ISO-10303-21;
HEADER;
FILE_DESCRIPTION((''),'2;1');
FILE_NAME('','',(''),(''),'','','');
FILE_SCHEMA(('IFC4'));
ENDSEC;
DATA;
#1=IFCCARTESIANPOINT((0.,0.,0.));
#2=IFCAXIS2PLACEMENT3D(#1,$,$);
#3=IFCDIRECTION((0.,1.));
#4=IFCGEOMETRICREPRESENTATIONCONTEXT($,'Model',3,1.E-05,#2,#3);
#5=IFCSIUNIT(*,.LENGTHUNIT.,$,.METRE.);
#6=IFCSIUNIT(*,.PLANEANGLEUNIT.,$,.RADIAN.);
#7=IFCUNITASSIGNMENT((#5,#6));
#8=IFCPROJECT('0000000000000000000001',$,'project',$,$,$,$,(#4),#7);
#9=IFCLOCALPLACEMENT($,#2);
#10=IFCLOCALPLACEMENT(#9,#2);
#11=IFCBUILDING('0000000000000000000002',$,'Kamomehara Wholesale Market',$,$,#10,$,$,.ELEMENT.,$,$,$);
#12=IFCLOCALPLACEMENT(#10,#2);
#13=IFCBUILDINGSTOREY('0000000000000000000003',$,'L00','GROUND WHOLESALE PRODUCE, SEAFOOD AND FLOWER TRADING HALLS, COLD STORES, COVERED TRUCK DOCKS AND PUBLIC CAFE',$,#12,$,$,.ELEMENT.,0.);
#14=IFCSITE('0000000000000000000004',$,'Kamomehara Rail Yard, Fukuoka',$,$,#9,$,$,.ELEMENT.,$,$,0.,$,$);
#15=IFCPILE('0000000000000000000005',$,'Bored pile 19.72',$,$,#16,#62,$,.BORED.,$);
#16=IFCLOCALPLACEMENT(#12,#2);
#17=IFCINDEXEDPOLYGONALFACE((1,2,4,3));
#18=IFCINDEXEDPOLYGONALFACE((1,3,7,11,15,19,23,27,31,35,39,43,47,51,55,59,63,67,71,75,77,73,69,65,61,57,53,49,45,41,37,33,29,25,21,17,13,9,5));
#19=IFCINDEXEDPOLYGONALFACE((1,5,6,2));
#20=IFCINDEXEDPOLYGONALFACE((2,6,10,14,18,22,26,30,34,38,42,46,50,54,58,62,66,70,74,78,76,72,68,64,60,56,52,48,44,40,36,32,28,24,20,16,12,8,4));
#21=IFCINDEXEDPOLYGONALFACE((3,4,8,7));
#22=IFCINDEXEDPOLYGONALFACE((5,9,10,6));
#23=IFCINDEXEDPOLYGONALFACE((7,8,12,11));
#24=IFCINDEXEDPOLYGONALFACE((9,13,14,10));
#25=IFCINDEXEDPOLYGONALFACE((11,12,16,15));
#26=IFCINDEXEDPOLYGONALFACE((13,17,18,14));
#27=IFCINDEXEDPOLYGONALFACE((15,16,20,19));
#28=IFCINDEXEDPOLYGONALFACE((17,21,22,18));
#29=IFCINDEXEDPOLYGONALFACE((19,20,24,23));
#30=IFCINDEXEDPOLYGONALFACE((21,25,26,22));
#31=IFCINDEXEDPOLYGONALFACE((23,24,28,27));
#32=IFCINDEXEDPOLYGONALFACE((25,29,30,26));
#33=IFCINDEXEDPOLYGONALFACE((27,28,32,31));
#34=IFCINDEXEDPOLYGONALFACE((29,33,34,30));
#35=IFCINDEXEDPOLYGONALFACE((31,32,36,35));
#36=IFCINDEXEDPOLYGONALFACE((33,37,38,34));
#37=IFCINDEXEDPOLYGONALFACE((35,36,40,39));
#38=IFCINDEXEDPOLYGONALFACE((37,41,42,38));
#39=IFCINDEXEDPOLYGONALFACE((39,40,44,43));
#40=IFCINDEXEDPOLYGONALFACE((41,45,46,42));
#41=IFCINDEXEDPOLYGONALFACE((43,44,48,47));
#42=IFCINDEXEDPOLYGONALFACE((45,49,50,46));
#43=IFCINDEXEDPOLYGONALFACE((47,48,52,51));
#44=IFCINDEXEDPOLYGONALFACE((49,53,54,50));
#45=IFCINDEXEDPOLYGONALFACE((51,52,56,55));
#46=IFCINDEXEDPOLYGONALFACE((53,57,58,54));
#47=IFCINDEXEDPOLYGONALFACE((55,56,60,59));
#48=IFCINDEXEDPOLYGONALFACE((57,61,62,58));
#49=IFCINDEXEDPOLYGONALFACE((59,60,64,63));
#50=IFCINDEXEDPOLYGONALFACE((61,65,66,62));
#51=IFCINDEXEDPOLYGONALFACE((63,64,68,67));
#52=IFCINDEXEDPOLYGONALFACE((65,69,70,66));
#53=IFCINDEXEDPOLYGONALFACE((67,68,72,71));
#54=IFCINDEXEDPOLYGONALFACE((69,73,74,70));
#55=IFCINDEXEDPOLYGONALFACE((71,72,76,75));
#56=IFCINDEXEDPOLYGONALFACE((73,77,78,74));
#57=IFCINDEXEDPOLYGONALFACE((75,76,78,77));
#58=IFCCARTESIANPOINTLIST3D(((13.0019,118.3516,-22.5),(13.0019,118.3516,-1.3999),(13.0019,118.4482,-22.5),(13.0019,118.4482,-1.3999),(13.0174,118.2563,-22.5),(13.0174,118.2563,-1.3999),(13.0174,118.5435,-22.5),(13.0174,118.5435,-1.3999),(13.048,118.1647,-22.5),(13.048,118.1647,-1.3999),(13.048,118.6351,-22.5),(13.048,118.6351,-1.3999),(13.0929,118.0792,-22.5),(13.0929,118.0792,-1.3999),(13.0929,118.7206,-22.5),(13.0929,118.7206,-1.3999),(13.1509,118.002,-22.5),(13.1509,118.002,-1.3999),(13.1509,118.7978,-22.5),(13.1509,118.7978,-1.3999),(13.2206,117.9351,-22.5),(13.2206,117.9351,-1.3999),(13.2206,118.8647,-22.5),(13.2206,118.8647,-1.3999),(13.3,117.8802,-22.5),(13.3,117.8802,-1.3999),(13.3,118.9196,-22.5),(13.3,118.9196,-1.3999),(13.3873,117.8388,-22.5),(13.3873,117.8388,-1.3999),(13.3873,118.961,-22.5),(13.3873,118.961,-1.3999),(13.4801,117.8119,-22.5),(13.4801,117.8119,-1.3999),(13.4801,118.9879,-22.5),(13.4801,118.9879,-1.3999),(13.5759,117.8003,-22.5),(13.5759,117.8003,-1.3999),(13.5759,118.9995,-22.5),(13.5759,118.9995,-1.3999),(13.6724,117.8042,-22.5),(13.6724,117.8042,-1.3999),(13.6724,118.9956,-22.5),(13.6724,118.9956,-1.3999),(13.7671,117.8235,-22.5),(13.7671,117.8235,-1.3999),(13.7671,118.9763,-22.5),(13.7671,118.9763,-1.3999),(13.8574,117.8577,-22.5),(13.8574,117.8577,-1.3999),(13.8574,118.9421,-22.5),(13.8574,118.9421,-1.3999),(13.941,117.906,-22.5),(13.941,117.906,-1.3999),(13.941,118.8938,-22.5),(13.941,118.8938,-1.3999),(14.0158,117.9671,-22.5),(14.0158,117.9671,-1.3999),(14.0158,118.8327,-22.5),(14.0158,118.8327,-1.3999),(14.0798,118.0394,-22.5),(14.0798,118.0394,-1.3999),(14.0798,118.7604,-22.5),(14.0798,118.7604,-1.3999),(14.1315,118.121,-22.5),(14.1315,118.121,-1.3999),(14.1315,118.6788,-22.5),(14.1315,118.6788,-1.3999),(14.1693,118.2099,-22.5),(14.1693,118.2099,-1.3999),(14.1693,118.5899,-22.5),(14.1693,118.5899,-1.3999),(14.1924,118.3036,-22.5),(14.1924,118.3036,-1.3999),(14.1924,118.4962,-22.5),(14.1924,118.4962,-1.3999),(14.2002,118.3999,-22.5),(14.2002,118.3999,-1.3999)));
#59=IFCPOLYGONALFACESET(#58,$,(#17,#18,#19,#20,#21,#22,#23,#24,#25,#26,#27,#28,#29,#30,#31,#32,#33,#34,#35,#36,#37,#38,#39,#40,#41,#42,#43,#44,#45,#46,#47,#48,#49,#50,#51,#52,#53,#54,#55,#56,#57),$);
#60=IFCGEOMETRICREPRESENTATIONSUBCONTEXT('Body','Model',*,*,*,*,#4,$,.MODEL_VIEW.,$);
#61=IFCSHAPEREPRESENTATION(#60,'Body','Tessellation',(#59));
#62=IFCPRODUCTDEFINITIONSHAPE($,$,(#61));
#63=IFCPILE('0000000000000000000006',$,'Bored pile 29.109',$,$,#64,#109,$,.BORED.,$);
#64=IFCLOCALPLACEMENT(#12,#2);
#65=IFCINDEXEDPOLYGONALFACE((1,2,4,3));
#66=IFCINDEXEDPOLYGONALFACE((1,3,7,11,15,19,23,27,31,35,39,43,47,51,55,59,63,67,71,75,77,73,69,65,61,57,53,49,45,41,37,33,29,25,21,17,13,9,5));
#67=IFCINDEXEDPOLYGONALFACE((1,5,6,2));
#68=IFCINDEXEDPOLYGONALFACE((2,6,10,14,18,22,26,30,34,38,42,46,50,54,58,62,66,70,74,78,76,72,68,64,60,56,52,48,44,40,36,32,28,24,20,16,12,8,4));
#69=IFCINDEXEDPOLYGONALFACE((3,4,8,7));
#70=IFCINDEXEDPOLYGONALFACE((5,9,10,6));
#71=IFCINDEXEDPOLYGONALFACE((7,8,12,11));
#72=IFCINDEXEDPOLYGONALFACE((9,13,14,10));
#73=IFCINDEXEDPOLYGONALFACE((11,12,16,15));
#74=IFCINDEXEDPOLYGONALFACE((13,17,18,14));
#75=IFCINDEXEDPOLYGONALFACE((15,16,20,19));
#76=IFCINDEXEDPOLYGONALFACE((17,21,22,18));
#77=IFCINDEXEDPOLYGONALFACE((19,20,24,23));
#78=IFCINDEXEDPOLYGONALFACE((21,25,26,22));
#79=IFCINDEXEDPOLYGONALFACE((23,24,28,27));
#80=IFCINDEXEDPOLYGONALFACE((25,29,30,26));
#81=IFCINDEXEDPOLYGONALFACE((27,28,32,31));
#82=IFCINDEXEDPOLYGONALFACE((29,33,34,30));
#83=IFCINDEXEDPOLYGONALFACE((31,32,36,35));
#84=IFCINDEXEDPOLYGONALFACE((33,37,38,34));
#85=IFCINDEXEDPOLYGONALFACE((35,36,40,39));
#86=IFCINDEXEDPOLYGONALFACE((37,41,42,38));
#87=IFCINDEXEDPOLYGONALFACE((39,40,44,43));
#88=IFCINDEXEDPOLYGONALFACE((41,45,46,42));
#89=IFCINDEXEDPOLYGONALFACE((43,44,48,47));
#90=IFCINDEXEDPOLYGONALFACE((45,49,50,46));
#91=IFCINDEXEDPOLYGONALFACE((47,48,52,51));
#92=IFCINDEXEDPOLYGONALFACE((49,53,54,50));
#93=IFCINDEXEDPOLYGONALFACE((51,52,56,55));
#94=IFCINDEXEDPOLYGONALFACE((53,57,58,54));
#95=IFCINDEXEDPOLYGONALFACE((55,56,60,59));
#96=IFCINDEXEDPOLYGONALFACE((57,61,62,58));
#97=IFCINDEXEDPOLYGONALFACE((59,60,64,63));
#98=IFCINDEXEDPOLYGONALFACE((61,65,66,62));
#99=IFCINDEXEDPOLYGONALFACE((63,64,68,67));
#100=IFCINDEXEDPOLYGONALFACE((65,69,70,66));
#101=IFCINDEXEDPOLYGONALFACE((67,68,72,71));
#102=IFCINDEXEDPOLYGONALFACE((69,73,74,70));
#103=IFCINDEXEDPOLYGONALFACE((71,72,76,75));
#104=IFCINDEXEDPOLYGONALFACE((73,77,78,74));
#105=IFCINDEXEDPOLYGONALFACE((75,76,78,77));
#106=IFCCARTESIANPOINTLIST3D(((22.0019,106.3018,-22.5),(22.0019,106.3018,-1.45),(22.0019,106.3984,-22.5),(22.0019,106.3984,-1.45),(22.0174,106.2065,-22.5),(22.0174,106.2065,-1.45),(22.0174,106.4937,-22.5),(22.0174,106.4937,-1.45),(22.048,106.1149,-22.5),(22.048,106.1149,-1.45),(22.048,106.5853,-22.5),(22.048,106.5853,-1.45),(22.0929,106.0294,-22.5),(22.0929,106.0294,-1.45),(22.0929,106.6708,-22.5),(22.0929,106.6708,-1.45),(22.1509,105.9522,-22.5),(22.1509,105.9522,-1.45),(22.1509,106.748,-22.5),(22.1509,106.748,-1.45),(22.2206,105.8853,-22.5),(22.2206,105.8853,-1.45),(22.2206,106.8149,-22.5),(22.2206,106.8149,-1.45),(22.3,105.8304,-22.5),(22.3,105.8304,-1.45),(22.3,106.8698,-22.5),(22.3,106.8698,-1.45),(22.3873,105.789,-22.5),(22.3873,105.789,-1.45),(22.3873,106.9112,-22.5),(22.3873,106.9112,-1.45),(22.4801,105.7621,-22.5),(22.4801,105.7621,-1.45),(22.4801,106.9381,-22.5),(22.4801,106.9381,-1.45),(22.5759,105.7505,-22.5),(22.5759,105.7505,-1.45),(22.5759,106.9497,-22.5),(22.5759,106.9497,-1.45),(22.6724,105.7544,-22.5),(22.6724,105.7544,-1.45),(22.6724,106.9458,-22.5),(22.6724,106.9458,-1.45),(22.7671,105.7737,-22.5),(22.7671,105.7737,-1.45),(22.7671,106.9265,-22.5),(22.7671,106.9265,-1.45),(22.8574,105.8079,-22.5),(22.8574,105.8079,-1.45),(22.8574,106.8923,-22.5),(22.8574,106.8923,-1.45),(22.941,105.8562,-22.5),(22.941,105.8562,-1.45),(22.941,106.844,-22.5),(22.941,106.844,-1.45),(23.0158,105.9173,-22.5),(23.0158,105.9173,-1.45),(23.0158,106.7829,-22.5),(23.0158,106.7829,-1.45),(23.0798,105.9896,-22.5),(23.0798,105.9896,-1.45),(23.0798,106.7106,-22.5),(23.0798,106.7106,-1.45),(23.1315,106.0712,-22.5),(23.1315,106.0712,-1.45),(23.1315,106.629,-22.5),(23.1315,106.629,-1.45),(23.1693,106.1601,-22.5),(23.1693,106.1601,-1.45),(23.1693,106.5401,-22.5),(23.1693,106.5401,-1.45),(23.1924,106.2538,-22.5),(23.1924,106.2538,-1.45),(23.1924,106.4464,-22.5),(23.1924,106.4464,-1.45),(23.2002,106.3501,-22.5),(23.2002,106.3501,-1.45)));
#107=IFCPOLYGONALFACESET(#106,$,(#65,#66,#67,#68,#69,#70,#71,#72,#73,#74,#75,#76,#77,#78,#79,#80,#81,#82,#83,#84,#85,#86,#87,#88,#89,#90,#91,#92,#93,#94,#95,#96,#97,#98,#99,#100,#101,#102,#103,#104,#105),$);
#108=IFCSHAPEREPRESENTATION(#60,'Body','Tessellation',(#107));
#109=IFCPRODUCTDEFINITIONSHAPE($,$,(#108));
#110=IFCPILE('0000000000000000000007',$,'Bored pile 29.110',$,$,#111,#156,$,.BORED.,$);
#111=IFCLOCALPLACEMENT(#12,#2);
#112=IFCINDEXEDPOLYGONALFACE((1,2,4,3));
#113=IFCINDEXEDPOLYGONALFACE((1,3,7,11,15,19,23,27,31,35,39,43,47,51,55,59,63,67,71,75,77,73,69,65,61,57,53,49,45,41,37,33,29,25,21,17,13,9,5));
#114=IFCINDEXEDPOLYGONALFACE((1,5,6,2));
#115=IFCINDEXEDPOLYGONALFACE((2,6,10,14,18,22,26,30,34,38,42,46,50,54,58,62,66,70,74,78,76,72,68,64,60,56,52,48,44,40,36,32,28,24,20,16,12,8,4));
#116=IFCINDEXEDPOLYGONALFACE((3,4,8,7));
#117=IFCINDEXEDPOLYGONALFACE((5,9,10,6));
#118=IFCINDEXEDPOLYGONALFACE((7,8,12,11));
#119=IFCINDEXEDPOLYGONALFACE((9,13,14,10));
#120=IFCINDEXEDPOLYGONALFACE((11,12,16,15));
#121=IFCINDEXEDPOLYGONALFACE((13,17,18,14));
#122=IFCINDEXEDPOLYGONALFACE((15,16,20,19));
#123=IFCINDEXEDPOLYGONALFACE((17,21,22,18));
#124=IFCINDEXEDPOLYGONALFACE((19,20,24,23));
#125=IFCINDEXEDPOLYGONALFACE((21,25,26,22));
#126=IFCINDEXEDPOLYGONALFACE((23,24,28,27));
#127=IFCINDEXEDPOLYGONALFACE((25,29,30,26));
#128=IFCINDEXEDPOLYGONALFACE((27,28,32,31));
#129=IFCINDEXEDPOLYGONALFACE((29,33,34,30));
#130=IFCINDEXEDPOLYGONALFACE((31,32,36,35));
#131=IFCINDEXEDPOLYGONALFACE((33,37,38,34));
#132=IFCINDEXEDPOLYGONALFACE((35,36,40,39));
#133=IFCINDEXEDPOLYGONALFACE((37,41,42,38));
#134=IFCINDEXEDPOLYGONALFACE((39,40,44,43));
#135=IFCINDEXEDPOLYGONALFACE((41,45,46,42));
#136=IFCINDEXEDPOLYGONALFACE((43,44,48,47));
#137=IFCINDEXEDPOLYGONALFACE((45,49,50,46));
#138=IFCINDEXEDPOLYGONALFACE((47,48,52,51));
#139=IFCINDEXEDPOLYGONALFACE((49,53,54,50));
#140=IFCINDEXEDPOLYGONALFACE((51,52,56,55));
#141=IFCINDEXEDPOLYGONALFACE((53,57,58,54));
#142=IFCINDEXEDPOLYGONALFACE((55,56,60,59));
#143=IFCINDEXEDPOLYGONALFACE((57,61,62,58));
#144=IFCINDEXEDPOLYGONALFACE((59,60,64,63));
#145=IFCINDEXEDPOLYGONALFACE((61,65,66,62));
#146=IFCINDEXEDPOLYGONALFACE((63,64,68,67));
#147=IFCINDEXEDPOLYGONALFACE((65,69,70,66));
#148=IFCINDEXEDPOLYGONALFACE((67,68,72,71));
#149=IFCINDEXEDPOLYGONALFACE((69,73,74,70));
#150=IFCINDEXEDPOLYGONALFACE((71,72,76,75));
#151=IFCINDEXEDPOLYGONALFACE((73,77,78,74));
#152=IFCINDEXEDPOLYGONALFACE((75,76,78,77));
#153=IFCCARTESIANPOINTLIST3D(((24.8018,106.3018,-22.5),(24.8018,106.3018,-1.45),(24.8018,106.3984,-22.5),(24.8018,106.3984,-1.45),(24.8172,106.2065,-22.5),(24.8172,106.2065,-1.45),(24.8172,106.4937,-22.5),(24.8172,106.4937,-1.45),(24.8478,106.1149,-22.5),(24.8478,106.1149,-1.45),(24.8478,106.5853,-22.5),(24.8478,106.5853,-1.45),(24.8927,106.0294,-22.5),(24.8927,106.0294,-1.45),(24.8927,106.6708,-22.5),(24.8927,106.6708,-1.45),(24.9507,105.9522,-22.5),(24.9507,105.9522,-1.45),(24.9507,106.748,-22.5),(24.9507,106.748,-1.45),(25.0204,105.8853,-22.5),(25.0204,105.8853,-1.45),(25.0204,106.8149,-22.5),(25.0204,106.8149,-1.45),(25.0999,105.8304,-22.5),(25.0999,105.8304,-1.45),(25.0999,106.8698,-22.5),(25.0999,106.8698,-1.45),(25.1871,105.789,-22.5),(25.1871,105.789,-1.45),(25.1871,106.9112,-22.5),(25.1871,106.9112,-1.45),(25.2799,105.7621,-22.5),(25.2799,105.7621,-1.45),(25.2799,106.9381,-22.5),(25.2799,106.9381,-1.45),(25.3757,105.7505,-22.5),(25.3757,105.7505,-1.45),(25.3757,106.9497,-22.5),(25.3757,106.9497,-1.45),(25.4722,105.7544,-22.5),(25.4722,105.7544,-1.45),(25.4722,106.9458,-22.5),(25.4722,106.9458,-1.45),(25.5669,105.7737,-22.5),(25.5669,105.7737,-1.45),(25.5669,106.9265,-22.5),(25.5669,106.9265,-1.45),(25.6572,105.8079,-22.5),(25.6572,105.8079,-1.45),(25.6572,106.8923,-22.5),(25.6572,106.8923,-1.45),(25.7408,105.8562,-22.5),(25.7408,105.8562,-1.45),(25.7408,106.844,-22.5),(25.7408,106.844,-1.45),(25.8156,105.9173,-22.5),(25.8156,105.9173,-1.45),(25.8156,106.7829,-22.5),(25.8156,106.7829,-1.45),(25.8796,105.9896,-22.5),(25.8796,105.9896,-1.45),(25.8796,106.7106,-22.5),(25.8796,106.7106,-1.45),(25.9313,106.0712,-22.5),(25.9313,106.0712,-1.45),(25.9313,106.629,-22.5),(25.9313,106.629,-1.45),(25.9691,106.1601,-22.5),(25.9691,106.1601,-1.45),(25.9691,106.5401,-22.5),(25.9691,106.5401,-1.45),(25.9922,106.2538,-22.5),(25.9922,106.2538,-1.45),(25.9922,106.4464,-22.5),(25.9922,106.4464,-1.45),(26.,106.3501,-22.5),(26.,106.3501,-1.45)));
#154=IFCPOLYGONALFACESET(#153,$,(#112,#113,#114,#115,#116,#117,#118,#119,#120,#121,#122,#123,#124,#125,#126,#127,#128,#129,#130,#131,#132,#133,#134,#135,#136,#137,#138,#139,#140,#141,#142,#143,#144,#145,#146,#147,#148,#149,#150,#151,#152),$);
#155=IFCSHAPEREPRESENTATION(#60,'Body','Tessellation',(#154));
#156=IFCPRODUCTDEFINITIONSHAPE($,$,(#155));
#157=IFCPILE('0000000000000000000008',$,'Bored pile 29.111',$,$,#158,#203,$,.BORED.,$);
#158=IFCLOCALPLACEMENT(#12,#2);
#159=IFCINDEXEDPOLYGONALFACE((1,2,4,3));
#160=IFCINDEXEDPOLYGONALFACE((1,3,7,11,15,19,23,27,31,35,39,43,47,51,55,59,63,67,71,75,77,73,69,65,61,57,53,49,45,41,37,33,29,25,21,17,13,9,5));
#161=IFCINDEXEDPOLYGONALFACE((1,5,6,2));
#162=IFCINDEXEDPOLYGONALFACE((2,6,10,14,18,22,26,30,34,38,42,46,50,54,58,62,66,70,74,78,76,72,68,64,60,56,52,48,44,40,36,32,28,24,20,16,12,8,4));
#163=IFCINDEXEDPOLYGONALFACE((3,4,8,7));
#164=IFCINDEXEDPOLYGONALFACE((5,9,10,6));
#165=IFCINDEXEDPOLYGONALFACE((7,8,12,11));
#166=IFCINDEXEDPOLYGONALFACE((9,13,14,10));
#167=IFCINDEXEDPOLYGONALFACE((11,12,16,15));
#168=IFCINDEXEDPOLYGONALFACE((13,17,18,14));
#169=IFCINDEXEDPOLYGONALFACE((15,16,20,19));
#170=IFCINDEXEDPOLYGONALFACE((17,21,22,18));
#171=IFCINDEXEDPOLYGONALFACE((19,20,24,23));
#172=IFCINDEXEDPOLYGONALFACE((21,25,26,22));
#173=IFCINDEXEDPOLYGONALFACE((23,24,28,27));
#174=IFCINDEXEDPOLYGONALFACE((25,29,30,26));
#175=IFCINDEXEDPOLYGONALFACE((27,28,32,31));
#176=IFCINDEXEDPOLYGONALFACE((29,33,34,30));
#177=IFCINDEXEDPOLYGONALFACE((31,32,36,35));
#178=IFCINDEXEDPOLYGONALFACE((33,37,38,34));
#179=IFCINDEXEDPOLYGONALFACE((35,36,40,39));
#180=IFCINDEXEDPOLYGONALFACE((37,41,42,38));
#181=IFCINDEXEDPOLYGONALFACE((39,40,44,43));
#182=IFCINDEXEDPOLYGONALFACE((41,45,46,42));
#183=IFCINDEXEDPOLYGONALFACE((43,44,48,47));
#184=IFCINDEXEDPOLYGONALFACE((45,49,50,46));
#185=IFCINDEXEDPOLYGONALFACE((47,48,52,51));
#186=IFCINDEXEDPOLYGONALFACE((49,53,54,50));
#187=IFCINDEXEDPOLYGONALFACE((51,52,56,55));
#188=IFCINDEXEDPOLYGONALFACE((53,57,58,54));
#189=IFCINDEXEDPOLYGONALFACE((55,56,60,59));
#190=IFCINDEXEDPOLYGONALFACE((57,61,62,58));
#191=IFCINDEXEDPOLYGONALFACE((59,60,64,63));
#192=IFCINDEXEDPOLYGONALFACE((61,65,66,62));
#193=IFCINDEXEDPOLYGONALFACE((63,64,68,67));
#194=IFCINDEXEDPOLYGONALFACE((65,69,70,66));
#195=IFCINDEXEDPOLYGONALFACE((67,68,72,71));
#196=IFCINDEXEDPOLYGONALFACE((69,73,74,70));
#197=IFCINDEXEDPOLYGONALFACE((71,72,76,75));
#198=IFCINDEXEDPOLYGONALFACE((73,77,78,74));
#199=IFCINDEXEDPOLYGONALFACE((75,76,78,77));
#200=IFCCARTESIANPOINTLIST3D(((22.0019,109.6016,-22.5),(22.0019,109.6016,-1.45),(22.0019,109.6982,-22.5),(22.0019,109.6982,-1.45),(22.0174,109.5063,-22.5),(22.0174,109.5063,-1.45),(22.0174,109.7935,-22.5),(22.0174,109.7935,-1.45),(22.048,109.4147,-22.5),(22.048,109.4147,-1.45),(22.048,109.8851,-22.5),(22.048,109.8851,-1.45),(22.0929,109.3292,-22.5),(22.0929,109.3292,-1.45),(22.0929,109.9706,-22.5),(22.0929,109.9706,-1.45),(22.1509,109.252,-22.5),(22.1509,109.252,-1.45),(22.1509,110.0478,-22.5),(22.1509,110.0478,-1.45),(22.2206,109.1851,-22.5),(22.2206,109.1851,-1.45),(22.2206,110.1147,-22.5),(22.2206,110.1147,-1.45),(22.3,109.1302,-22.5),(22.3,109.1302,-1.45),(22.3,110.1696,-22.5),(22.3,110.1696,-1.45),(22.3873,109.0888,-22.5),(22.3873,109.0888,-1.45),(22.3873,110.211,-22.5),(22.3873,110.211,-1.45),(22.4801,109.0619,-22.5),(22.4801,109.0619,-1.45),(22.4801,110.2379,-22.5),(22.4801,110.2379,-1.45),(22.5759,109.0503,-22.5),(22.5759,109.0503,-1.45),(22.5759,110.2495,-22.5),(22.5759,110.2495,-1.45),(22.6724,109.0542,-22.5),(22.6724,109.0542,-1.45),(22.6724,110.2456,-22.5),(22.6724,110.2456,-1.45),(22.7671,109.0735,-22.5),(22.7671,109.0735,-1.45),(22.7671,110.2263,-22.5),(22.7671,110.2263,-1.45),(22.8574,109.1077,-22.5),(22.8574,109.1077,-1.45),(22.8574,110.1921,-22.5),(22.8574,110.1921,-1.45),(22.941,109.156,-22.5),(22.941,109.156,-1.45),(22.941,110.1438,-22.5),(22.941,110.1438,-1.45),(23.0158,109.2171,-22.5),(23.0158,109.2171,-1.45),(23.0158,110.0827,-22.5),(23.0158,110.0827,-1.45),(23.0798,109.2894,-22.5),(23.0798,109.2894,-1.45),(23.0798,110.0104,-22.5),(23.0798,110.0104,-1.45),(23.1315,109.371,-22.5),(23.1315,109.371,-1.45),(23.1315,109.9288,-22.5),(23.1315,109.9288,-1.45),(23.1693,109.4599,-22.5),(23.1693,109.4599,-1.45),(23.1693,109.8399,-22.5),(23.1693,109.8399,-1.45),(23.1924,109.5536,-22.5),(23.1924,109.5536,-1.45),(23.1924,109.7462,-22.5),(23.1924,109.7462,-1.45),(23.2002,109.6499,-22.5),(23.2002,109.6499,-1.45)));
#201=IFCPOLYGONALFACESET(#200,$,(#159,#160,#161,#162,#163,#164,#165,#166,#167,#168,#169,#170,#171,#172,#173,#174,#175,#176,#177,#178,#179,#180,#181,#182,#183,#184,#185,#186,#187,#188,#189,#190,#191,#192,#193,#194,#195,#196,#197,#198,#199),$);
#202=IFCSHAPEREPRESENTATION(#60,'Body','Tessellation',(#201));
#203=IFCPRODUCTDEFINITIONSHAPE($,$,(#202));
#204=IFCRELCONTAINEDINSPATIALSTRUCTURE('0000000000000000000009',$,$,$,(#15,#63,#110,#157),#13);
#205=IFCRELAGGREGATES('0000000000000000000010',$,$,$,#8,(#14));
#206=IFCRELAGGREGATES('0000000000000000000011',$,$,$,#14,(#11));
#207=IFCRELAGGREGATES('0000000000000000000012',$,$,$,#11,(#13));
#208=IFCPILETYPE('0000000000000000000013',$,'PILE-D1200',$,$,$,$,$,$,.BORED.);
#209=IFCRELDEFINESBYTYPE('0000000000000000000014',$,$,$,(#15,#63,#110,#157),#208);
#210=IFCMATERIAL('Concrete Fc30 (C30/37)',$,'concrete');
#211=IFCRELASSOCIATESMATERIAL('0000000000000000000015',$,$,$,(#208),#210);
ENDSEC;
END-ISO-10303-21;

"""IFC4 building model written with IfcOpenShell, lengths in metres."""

from ifc_helpers import new_model, si_unit, direction, frame, origin, origin_2d, place, context, subcontext, project, spatial, circle, extrude, material, material_profile, profile_set, type_object, element, save


model = new_model("IFC4")

# Units and contexts
model_context = context("Model", 3, precision=1e-05, world=origin(), true_north=direction((0.0, 1.0)))
body_context = subcontext(model_context, "Body", "Model", "MODEL_VIEW")
ifc_project = project(units=[si_unit("LENGTHUNIT", "METRE"), si_unit("PLANEANGLEUNIT", "RADIAN")], contexts=[model_context])

# Site, building, storey
site_placement = place(None, origin())
site = spatial("IfcSite", under=ifc_project, at=site_placement, Name="Kamomehara Rail Yard, Fukuoka", CompositionType="ELEMENT", RefElevation=0.0)
building_placement = place(site_placement, origin())
building = spatial("IfcBuilding", under=site, at=building_placement, Name="Kamomehara Wholesale Market", CompositionType="ELEMENT")
storey_placement = place(building_placement, origin())
storey = spatial("IfcBuildingStorey", under=building, at=storey_placement, Name="L00", Description="GROUND WHOLESALE PRODUCE, SEAFOOD AND FLOWER TRADING HALLS, COLD STORES, COVERED TRUCK DOCKS AND PUBLIC CAFE", CompositionType="ELEMENT", Elevation=0.0)

# Piles
ifc_material_1 = material(Name="Concrete Fc30 (C30/37)", Category="concrete")
ifc_material_profile_1 = material_profile(ifc_material_1, circle(Radius=0.6001, at=origin_2d()), Name="RC-PILE-D1200")
ifc_profile_set_1 = profile_set([ifc_material_profile_1], Name="Concrete Fc30 (C30/37)")
pile_type_1 = type_object("IfcPileType", Name="PILE-D1200", PredefinedType="BORED", material=ifc_profile_set_1)
pile_placement = place(storey_placement, frame((13.6001, 118.3999, -1.3999), z_axis=(0.0, 0.0, -1.0), x_axis=(1.0, 0.0, 0.0)))
element("IfcPile", 1, at=pile_placement, inside=storey, type_object=pile_type_1, Name="Bored pile 19.72", PredefinedType="BORED", context=body_context, shape_type="SweptSolid", body=[
    extrude(circle(Radius=0.6001, at=origin_2d()), origin(), (0.0, 0.0, 1.0), 21.1001),
])
for number, where, z_axis, x_axis, name in (
    (2, (22.6001, 106.3501, -1.45), (0.0, 0.0, -1.0), (1.0, 0.0, 0.0), "Bored pile 29.109"),
    (3, (25.3999, 106.3501, -1.45), (0.0, 0.0, -1.0), (1.0, 0.0, 0.0), "Bored pile 29.110"),
    (4, (22.6001, 109.6499, -1.45), (0.0, 0.0, -1.0), (1.0, 0.0, 0.0), "Bored pile 29.111"),
):
    element("IfcPile", number, at=place(storey_placement, frame(where, z_axis=z_axis, x_axis=x_axis)), inside=storey, type_object=pile_type_1, Name=name, PredefinedType="BORED", context=body_context, shape_type="SweptSolid", body=[
        extrude(circle(Radius=0.6001, at=origin_2d()), origin(), (0.0, 0.0, 1.0), 21.05),
    ])

save(model, "model.ifc")
